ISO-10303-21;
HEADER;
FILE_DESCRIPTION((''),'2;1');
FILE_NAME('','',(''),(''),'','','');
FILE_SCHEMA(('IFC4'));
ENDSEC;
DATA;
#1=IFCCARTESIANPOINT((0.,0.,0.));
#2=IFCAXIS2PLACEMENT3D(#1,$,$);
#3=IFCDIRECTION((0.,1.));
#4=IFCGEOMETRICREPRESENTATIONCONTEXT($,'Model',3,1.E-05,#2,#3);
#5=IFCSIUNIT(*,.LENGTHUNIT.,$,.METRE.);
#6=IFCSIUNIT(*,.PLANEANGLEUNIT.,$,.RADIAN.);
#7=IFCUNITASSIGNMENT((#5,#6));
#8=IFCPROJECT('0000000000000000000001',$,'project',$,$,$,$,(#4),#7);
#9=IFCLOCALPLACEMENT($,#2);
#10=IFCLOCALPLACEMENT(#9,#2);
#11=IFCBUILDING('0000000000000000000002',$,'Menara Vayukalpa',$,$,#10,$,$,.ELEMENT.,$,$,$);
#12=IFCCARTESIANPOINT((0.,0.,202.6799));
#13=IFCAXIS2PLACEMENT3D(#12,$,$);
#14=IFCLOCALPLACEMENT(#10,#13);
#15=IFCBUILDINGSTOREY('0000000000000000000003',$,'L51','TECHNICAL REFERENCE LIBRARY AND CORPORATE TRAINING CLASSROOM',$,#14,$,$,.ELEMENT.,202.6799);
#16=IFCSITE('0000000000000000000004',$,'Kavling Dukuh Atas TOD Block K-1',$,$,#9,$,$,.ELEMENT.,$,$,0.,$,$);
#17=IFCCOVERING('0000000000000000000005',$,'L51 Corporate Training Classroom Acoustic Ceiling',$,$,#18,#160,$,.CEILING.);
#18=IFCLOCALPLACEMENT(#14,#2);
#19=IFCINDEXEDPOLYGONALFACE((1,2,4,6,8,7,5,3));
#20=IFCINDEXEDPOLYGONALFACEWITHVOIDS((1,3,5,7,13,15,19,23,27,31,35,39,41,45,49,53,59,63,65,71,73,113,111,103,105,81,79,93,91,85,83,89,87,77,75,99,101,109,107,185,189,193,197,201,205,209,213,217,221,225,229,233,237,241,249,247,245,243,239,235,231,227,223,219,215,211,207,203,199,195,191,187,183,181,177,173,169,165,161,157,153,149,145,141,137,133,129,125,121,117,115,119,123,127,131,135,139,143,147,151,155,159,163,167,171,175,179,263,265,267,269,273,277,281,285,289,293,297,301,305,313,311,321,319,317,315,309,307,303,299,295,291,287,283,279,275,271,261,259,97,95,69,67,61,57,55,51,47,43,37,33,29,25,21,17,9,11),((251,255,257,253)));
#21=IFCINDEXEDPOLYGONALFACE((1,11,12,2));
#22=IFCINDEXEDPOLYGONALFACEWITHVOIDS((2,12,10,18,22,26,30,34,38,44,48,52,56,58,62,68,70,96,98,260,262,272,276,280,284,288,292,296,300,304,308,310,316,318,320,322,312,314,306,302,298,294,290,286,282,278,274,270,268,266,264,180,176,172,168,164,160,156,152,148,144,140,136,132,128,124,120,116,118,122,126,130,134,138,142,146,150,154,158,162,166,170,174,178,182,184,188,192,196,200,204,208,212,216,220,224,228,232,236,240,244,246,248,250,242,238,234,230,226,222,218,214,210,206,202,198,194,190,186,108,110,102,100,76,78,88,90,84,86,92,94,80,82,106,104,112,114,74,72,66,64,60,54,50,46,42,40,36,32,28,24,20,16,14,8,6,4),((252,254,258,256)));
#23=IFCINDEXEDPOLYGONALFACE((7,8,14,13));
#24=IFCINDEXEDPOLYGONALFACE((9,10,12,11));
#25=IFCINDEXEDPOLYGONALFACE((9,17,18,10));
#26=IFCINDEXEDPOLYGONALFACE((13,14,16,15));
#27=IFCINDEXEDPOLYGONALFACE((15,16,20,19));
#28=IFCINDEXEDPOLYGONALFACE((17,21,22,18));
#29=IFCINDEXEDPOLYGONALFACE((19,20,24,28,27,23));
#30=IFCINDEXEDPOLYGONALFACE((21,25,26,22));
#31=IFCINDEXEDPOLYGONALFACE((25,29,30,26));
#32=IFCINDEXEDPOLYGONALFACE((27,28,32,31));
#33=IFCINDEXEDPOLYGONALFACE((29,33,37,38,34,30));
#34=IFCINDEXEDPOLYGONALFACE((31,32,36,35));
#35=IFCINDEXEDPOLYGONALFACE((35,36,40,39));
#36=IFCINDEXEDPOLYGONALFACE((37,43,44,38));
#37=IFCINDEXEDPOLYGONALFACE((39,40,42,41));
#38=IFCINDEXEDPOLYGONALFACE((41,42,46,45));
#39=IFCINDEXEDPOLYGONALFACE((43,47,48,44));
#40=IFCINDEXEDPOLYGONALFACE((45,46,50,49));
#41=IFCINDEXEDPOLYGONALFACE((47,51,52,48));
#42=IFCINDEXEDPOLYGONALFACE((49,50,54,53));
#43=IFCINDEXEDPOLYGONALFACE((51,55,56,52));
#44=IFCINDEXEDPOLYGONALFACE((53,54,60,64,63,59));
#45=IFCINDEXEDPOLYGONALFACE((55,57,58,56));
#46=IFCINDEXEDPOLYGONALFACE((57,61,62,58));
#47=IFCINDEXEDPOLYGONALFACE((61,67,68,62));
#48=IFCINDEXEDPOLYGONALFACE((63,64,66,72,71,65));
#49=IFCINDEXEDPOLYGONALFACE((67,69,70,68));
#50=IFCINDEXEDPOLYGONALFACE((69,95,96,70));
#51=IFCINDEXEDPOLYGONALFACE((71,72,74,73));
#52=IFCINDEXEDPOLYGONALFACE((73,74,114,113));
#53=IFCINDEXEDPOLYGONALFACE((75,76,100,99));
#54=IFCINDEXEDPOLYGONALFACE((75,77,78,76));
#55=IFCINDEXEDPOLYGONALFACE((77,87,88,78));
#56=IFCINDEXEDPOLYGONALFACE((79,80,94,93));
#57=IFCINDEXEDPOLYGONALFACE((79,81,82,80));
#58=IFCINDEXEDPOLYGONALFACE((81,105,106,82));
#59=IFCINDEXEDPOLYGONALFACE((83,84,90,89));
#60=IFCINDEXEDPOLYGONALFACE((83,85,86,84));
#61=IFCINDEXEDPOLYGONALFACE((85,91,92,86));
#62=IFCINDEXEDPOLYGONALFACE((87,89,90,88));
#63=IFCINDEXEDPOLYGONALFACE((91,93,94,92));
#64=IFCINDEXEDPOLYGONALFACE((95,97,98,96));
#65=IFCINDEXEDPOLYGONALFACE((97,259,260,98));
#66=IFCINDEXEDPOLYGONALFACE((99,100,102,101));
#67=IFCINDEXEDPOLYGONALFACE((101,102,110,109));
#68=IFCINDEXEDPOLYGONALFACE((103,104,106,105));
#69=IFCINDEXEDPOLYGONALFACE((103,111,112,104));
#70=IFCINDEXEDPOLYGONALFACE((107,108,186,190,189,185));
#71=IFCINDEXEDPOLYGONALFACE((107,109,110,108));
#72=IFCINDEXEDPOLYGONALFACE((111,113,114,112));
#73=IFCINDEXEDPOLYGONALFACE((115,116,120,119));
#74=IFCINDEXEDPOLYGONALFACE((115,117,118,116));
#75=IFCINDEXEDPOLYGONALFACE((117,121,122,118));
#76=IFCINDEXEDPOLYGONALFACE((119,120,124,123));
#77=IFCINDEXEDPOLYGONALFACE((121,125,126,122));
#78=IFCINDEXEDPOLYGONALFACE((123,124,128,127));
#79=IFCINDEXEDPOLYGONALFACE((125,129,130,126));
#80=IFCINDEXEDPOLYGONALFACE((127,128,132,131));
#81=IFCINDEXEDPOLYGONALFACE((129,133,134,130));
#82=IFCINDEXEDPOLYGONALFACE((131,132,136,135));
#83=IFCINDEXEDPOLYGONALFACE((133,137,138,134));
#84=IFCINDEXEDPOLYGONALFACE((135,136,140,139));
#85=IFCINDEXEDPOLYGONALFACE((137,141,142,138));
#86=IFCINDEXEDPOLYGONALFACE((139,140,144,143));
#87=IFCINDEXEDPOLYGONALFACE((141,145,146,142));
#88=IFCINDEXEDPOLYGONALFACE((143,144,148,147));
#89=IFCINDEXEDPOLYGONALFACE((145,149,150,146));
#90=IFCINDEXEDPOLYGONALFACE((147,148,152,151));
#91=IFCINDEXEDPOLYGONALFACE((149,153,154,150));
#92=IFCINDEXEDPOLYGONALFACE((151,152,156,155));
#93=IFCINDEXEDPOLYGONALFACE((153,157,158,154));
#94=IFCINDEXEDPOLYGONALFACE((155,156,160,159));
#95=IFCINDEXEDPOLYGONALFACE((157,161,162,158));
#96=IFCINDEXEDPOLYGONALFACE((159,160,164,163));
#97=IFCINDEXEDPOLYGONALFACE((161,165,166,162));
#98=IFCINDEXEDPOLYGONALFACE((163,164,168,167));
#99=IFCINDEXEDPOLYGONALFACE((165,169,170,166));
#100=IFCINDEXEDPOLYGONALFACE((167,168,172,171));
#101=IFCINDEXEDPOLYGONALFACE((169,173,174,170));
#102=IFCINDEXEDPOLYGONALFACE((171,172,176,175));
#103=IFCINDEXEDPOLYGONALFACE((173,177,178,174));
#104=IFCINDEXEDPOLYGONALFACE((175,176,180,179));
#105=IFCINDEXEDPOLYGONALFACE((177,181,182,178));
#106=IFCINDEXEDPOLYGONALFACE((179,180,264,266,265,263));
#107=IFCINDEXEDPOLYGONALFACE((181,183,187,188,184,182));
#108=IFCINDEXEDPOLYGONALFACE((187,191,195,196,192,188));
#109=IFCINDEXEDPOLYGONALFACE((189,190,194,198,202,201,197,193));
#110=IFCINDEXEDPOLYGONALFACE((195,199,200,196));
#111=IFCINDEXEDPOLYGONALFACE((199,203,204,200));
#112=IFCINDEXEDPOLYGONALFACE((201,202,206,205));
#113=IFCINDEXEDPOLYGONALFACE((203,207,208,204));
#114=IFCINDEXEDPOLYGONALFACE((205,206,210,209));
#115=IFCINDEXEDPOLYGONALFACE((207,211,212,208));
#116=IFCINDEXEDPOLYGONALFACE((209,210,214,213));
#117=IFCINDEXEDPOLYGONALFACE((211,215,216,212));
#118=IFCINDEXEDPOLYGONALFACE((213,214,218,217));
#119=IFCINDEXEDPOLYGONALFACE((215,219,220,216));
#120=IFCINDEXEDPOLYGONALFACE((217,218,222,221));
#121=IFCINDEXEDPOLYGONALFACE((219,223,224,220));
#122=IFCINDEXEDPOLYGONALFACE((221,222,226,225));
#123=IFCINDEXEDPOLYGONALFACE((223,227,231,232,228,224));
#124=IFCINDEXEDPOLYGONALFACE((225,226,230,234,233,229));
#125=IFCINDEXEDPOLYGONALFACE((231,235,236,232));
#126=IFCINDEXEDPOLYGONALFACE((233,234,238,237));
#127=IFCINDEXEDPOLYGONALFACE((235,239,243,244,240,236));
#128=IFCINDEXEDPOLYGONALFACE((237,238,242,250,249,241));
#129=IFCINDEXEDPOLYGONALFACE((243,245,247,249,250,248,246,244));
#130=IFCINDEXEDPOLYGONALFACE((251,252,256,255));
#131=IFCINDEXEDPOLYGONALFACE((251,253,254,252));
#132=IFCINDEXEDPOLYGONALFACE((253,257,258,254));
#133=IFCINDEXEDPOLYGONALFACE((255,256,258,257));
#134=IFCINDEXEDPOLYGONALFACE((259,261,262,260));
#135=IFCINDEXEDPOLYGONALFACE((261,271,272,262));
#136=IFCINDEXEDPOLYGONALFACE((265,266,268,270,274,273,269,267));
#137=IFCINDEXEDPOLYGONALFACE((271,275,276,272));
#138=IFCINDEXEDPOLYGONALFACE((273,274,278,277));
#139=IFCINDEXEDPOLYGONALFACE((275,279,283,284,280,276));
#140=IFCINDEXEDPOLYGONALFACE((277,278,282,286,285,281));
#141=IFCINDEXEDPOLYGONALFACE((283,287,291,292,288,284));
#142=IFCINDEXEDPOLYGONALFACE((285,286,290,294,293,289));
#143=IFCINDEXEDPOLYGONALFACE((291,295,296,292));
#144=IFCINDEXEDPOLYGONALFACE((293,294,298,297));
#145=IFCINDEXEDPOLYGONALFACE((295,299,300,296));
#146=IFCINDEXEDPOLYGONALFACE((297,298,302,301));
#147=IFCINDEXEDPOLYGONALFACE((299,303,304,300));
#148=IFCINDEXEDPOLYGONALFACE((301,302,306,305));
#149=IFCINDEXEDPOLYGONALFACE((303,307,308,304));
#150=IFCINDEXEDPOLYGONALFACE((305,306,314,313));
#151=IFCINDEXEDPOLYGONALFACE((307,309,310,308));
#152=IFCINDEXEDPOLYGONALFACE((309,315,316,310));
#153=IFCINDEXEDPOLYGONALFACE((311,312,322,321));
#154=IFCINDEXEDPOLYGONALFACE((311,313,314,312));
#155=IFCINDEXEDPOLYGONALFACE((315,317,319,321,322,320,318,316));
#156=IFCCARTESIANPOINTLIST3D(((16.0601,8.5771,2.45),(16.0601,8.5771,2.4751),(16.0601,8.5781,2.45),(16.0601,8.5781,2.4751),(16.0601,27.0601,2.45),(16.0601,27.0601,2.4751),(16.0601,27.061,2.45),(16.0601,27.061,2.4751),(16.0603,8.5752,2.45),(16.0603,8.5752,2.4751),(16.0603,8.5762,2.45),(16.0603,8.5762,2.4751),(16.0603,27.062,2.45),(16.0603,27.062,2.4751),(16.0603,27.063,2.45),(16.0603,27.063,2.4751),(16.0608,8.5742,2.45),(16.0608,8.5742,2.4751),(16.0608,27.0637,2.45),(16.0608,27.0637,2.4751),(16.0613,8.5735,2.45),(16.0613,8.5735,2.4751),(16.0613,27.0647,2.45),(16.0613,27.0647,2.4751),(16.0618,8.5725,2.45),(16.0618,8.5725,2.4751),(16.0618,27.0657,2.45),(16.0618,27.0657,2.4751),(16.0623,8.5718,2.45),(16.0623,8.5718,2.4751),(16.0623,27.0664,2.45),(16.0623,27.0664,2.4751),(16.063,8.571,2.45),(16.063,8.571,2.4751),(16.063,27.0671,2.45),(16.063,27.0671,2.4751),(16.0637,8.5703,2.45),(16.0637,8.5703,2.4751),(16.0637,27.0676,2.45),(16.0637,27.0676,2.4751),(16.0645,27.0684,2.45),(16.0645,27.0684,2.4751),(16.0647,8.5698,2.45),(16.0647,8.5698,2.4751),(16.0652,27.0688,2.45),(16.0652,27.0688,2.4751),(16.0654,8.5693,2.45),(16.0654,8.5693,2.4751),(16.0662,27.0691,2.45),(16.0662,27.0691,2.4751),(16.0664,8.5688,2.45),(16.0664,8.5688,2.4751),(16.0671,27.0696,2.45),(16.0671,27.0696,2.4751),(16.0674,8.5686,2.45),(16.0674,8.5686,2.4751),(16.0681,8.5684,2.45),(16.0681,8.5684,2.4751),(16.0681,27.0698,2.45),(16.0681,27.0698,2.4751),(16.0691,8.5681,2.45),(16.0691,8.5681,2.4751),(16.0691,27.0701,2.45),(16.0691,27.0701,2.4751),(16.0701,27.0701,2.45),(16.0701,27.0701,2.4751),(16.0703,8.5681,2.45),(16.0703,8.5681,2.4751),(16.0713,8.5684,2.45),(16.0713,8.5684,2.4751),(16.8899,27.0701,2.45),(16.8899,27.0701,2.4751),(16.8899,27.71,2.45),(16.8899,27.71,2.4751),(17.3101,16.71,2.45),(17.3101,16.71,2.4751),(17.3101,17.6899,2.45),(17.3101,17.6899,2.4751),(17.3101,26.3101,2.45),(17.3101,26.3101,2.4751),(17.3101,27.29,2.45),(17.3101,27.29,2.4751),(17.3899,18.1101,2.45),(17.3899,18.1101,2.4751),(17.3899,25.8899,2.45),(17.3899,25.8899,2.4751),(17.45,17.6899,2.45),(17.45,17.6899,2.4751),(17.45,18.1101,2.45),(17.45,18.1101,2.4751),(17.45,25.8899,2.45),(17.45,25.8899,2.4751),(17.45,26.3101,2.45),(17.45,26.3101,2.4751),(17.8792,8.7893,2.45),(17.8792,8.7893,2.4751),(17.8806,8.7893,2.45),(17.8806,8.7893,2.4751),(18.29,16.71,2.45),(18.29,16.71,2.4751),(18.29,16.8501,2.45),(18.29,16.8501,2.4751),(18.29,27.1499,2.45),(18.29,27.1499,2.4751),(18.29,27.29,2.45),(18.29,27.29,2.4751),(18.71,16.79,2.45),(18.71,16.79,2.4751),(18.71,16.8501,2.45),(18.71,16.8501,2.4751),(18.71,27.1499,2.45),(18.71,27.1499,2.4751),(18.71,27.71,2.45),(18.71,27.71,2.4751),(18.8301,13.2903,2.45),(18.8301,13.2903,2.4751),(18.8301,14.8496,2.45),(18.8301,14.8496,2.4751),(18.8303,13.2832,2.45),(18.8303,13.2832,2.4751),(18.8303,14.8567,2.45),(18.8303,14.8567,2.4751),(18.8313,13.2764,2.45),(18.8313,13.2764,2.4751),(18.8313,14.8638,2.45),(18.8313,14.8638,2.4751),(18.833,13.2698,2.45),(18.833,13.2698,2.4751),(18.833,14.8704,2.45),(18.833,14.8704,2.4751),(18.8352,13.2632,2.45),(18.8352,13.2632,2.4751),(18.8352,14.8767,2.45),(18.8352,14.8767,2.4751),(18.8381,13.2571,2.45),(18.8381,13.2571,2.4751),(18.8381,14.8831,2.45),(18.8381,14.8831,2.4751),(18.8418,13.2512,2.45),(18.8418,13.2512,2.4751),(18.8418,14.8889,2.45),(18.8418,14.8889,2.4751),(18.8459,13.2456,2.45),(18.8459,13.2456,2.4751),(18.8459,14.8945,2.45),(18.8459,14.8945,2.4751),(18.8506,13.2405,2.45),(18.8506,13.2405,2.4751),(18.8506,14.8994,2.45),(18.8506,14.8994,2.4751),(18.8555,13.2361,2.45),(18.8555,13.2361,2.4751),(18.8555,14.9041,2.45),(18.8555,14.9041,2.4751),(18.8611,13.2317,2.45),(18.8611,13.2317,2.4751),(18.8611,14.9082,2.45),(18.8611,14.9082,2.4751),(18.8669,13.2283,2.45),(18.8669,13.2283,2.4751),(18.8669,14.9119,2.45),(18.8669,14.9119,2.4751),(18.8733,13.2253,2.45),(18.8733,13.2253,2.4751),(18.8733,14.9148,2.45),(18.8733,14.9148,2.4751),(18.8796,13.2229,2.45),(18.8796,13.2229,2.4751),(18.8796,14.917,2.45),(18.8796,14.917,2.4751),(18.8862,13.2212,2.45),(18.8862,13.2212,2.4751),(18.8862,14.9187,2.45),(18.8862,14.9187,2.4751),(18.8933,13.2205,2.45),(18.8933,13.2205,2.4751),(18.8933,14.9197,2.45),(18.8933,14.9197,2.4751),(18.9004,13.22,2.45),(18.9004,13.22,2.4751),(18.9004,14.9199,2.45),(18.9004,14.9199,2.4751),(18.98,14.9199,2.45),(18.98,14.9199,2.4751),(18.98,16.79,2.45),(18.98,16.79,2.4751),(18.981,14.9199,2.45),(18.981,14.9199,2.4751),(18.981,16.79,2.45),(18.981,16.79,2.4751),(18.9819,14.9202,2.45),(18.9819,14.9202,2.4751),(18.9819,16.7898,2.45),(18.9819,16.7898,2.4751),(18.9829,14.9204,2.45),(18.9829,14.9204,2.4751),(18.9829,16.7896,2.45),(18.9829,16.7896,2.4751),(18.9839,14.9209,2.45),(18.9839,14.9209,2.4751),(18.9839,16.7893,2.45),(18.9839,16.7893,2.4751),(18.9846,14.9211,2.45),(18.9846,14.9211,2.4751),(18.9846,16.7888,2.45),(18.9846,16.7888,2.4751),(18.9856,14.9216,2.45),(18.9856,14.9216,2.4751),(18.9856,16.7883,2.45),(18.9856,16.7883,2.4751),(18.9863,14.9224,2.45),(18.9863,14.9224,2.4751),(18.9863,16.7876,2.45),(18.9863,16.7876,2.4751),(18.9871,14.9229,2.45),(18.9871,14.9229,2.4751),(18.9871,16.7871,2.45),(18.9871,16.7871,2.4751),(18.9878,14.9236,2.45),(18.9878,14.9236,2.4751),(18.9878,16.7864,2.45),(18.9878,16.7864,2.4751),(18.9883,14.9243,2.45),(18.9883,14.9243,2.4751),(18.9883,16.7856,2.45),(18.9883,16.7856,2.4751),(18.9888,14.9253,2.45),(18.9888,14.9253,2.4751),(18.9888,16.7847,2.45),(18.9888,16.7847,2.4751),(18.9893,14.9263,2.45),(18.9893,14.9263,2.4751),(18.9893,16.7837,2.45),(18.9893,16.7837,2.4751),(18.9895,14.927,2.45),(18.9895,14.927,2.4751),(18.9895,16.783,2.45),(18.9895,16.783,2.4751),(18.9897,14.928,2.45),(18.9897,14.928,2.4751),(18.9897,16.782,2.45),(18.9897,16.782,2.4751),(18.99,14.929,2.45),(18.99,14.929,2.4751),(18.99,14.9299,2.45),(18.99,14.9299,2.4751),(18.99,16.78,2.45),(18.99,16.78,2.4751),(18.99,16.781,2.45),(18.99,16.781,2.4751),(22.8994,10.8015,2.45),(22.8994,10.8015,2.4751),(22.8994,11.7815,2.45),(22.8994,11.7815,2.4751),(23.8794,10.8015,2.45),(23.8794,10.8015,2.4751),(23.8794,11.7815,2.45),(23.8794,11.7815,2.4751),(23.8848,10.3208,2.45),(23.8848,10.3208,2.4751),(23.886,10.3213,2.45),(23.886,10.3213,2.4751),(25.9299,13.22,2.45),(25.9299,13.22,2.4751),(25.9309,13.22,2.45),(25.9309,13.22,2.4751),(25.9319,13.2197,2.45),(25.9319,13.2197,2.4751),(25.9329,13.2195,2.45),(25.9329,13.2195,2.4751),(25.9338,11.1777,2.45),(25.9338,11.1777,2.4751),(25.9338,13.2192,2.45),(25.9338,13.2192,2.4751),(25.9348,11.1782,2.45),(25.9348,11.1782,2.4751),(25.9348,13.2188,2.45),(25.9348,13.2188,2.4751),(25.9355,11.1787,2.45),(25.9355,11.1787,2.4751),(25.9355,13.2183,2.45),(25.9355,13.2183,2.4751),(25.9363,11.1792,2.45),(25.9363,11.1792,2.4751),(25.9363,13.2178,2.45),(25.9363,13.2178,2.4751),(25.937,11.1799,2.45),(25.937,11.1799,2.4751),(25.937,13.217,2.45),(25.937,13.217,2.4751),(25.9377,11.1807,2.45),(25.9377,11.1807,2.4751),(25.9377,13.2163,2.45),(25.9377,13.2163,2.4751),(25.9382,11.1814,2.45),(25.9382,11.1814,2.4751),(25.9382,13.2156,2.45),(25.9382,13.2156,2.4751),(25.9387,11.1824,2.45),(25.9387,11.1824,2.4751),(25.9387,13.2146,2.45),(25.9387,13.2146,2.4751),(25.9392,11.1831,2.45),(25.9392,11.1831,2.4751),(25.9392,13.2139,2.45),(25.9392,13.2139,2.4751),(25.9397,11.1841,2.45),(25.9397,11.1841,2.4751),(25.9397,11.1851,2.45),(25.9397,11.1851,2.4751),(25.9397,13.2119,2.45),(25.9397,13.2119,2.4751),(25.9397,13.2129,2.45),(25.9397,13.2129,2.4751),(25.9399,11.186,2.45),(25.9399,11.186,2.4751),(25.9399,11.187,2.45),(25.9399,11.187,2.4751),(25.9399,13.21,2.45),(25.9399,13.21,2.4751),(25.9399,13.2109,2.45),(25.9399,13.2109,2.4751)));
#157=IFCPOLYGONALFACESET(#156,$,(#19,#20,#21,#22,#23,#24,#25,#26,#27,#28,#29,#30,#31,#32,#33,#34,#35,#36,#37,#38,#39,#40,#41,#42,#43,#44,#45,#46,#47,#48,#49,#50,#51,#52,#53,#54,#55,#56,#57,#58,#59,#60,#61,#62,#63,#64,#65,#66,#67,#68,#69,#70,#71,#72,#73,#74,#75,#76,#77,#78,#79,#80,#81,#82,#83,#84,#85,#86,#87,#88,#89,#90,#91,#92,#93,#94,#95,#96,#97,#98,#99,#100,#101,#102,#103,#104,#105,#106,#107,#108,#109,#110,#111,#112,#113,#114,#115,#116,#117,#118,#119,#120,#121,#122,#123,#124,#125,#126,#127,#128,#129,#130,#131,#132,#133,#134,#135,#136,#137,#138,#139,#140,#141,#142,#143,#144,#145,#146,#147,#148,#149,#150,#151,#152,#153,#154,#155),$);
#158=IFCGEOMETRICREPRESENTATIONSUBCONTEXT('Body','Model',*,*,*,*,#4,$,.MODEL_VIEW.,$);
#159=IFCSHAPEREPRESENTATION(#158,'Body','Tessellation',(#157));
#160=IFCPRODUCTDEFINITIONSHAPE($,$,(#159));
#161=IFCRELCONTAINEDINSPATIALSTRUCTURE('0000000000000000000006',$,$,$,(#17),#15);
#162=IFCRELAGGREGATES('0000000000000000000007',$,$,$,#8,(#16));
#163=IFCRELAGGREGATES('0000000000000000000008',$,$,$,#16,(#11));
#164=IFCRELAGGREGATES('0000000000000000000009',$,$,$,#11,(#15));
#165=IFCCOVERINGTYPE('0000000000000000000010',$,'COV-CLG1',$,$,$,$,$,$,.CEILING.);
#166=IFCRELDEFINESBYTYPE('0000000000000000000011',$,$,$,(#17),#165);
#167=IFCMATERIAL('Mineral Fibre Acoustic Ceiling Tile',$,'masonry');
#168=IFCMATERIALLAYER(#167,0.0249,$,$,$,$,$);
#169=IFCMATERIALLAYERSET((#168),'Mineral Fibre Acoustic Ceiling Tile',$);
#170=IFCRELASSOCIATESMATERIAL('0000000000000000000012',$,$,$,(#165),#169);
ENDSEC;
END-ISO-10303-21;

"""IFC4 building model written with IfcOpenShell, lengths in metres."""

from ifc_helpers import new_model, si_unit, direction, frame, origin, place, context, subcontext, project, spatial, polyline, outline, extrude, material, layer, layer_set, type_object, element, save


model = new_model("IFC4")

# Units and contexts
model_context = context("Model", 3, precision=1e-05, world=origin(), true_north=direction((0.0, 1.0)))
body_context = subcontext(model_context, "Body", "Model", "MODEL_VIEW")
ifc_project = project(units=[si_unit("LENGTHUNIT", "METRE"), si_unit("PLANEANGLEUNIT", "RADIAN")], contexts=[model_context])

# Site, building, storey
site_placement = place(None, origin())
site = spatial("IfcSite", under=ifc_project, at=site_placement, Name="Kavling Dukuh Atas TOD Block K-1", CompositionType="ELEMENT", RefElevation=0.0)
building_placement = place(site_placement, origin())
building = spatial("IfcBuilding", under=site, at=building_placement, Name="Menara Vayukalpa", CompositionType="ELEMENT")
storey_placement = place(building_placement, frame((0.0, 0.0, 202.6799)))
storey = spatial("IfcBuildingStorey", under=building, at=storey_placement, Name="L51", Description="TECHNICAL REFERENCE LIBRARY AND CORPORATE TRAINING CLASSROOM", CompositionType="ELEMENT", Elevation=202.6799)

# Covering
ifc_material_1 = material(Name="Mineral Fibre Acoustic Ceiling Tile", Category="masonry")
ifc_layer_1 = layer(ifc_material_1, 0.0249)
ifc_layer_set_1 = layer_set([ifc_layer_1], Name="Mineral Fibre Acoustic Ceiling Tile")
covering_type_1 = type_object("IfcCoveringType", Name="COV-CLG1", PredefinedType="CEILING", material=ifc_layer_set_1)
covering_1_placement = place(storey_placement, frame((0.0, 0.0, 2.45)))
element("IfcCovering", 1, at=covering_1_placement, inside=storey, type_object=covering_type_1, Name="L51 Corporate Training Classroom Acoustic Ceiling", PredefinedType="CEILING", context=body_context, shape_type="SweptSolid", body=[
    extrude(outline(polyline([(17.45, 17.6899), (17.3101, 17.6899), (17.3101, 16.71), (18.29, 16.71), (18.29, 16.8501), (18.71, 16.8501), (18.71, 16.79), (18.98, 16.79), (18.981, 16.79), (18.9819, 16.7898), (18.9829, 16.7896), (18.9839, 16.7893), (18.9846, 16.7888), (18.9856, 16.7883), (18.9863, 16.7876), (18.9871, 16.7871), (18.9878, 16.7864), (18.9883, 16.7856), (18.9888, 16.7847), (18.9893, 16.7837), (18.9895, 16.783), (18.9897, 16.782), (18.99, 16.781), (18.99, 16.78), (18.99, 14.9299), (18.99, 14.929), (18.9897, 14.928), (18.9895, 14.927), (18.9893, 14.9263), (18.9888, 14.9253), (18.9883, 14.9243), (18.9878, 14.9236), (18.9871, 14.9229), (18.9863, 14.9224), (18.9856, 14.9216), (18.9846, 14.9211), (18.9839, 14.9209), (18.9829, 14.9204), (18.9819, 14.9202), (18.981, 14.9199), (18.98, 14.9199), (18.9004, 14.9199), (18.8933, 14.9197), (18.8862, 14.9187), (18.8796, 14.917), (18.8733, 14.9148), (18.8669, 14.9119), (18.8611, 14.9082), (18.8555, 14.9041), (18.8506, 14.8994), (18.8459, 14.8945), (18.8418, 14.8889), (18.8381, 14.8831), (18.8352, 14.8767), (18.833, 14.8704), (18.8313, 14.8638), (18.8303, 14.8567), (18.8301, 14.8496), (18.8301, 13.2903), (18.8303, 13.2832), (18.8313, 13.2764), (18.833, 13.2698), (18.8352, 13.2632), (18.8381, 13.2571), (18.8418, 13.2512), (18.8459, 13.2456), (18.8506, 13.2405), (18.8555, 13.2361), (18.8611, 13.2317), (18.8669, 13.2283), (18.8733, 13.2253), (18.8796, 13.2229), (18.8862, 13.2212), (18.8933, 13.2205), (18.9004, 13.22), (25.9299, 13.22), (25.9309, 13.22), (25.9319, 13.2197), (25.9329, 13.2195), (25.9338, 13.2192), (25.9348, 13.2188), (25.9355, 13.2183), (25.9363, 13.2178), (25.937, 13.217), (25.9377, 13.2163), (25.9382, 13.2156), (25.9387, 13.2146), (25.9392, 13.2139), (25.9397, 13.2129), (25.9397, 13.2119), (25.9399, 13.2109), (25.9399, 13.21), (25.9399, 11.187), (25.9399, 11.186), (25.9397, 11.1851), (25.9397, 11.1841), (25.9392, 11.1831), (25.9387, 11.1824), (25.9382, 11.1814), (25.9377, 11.1807), (25.937, 11.1799), (25.9363, 11.1792), (25.9355, 11.1787), (25.9348, 11.1782), (25.9338, 11.1777), (23.886, 10.3213), (23.8848, 10.3208), (17.8806, 8.7893), (17.8792, 8.7893), (16.0713, 8.5684), (16.0703, 8.5681), (16.0691, 8.5681), (16.0681, 8.5684), (16.0674, 8.5686), (16.0664, 8.5688), (16.0654, 8.5693), (16.0647, 8.5698), (16.0637, 8.5703), (16.063, 8.571), (16.0623, 8.5718), (16.0618, 8.5725), (16.0613, 8.5735), (16.0608, 8.5742), (16.0603, 8.5752), (16.0603, 8.5762), (16.0601, 8.5771), (16.0601, 8.5781), (16.0601, 27.0601), (16.0601, 27.061), (16.0603, 27.062), (16.0603, 27.063), (16.0608, 27.0637), (16.0613, 27.0647), (16.0618, 27.0657), (16.0623, 27.0664), (16.063, 27.0671), (16.0637, 27.0676), (16.0645, 27.0684), (16.0652, 27.0688), (16.0662, 27.0691), (16.0671, 27.0696), (16.0681, 27.0698), (16.0691, 27.0701), (16.0701, 27.0701), (16.8899, 27.0701), (16.8899, 27.71), (18.71, 27.71), (18.71, 27.1499), (18.29, 27.1499), (18.29, 27.29), (17.3101, 27.29), (17.3101, 26.3101), (17.45, 26.3101), (17.45, 25.8899), (17.3899, 25.8899), (17.3899, 18.1101), (17.45, 18.1101), (17.45, 17.6899)]), holes=[polyline([(23.8794, 11.7815), (22.8994, 11.7815), (22.8994, 10.8015), (23.8794, 10.8015), (23.8794, 11.7815)])]), origin(), (0.0, 0.0, 1.0), 0.0251),
])

save(model, "model.ifc")
